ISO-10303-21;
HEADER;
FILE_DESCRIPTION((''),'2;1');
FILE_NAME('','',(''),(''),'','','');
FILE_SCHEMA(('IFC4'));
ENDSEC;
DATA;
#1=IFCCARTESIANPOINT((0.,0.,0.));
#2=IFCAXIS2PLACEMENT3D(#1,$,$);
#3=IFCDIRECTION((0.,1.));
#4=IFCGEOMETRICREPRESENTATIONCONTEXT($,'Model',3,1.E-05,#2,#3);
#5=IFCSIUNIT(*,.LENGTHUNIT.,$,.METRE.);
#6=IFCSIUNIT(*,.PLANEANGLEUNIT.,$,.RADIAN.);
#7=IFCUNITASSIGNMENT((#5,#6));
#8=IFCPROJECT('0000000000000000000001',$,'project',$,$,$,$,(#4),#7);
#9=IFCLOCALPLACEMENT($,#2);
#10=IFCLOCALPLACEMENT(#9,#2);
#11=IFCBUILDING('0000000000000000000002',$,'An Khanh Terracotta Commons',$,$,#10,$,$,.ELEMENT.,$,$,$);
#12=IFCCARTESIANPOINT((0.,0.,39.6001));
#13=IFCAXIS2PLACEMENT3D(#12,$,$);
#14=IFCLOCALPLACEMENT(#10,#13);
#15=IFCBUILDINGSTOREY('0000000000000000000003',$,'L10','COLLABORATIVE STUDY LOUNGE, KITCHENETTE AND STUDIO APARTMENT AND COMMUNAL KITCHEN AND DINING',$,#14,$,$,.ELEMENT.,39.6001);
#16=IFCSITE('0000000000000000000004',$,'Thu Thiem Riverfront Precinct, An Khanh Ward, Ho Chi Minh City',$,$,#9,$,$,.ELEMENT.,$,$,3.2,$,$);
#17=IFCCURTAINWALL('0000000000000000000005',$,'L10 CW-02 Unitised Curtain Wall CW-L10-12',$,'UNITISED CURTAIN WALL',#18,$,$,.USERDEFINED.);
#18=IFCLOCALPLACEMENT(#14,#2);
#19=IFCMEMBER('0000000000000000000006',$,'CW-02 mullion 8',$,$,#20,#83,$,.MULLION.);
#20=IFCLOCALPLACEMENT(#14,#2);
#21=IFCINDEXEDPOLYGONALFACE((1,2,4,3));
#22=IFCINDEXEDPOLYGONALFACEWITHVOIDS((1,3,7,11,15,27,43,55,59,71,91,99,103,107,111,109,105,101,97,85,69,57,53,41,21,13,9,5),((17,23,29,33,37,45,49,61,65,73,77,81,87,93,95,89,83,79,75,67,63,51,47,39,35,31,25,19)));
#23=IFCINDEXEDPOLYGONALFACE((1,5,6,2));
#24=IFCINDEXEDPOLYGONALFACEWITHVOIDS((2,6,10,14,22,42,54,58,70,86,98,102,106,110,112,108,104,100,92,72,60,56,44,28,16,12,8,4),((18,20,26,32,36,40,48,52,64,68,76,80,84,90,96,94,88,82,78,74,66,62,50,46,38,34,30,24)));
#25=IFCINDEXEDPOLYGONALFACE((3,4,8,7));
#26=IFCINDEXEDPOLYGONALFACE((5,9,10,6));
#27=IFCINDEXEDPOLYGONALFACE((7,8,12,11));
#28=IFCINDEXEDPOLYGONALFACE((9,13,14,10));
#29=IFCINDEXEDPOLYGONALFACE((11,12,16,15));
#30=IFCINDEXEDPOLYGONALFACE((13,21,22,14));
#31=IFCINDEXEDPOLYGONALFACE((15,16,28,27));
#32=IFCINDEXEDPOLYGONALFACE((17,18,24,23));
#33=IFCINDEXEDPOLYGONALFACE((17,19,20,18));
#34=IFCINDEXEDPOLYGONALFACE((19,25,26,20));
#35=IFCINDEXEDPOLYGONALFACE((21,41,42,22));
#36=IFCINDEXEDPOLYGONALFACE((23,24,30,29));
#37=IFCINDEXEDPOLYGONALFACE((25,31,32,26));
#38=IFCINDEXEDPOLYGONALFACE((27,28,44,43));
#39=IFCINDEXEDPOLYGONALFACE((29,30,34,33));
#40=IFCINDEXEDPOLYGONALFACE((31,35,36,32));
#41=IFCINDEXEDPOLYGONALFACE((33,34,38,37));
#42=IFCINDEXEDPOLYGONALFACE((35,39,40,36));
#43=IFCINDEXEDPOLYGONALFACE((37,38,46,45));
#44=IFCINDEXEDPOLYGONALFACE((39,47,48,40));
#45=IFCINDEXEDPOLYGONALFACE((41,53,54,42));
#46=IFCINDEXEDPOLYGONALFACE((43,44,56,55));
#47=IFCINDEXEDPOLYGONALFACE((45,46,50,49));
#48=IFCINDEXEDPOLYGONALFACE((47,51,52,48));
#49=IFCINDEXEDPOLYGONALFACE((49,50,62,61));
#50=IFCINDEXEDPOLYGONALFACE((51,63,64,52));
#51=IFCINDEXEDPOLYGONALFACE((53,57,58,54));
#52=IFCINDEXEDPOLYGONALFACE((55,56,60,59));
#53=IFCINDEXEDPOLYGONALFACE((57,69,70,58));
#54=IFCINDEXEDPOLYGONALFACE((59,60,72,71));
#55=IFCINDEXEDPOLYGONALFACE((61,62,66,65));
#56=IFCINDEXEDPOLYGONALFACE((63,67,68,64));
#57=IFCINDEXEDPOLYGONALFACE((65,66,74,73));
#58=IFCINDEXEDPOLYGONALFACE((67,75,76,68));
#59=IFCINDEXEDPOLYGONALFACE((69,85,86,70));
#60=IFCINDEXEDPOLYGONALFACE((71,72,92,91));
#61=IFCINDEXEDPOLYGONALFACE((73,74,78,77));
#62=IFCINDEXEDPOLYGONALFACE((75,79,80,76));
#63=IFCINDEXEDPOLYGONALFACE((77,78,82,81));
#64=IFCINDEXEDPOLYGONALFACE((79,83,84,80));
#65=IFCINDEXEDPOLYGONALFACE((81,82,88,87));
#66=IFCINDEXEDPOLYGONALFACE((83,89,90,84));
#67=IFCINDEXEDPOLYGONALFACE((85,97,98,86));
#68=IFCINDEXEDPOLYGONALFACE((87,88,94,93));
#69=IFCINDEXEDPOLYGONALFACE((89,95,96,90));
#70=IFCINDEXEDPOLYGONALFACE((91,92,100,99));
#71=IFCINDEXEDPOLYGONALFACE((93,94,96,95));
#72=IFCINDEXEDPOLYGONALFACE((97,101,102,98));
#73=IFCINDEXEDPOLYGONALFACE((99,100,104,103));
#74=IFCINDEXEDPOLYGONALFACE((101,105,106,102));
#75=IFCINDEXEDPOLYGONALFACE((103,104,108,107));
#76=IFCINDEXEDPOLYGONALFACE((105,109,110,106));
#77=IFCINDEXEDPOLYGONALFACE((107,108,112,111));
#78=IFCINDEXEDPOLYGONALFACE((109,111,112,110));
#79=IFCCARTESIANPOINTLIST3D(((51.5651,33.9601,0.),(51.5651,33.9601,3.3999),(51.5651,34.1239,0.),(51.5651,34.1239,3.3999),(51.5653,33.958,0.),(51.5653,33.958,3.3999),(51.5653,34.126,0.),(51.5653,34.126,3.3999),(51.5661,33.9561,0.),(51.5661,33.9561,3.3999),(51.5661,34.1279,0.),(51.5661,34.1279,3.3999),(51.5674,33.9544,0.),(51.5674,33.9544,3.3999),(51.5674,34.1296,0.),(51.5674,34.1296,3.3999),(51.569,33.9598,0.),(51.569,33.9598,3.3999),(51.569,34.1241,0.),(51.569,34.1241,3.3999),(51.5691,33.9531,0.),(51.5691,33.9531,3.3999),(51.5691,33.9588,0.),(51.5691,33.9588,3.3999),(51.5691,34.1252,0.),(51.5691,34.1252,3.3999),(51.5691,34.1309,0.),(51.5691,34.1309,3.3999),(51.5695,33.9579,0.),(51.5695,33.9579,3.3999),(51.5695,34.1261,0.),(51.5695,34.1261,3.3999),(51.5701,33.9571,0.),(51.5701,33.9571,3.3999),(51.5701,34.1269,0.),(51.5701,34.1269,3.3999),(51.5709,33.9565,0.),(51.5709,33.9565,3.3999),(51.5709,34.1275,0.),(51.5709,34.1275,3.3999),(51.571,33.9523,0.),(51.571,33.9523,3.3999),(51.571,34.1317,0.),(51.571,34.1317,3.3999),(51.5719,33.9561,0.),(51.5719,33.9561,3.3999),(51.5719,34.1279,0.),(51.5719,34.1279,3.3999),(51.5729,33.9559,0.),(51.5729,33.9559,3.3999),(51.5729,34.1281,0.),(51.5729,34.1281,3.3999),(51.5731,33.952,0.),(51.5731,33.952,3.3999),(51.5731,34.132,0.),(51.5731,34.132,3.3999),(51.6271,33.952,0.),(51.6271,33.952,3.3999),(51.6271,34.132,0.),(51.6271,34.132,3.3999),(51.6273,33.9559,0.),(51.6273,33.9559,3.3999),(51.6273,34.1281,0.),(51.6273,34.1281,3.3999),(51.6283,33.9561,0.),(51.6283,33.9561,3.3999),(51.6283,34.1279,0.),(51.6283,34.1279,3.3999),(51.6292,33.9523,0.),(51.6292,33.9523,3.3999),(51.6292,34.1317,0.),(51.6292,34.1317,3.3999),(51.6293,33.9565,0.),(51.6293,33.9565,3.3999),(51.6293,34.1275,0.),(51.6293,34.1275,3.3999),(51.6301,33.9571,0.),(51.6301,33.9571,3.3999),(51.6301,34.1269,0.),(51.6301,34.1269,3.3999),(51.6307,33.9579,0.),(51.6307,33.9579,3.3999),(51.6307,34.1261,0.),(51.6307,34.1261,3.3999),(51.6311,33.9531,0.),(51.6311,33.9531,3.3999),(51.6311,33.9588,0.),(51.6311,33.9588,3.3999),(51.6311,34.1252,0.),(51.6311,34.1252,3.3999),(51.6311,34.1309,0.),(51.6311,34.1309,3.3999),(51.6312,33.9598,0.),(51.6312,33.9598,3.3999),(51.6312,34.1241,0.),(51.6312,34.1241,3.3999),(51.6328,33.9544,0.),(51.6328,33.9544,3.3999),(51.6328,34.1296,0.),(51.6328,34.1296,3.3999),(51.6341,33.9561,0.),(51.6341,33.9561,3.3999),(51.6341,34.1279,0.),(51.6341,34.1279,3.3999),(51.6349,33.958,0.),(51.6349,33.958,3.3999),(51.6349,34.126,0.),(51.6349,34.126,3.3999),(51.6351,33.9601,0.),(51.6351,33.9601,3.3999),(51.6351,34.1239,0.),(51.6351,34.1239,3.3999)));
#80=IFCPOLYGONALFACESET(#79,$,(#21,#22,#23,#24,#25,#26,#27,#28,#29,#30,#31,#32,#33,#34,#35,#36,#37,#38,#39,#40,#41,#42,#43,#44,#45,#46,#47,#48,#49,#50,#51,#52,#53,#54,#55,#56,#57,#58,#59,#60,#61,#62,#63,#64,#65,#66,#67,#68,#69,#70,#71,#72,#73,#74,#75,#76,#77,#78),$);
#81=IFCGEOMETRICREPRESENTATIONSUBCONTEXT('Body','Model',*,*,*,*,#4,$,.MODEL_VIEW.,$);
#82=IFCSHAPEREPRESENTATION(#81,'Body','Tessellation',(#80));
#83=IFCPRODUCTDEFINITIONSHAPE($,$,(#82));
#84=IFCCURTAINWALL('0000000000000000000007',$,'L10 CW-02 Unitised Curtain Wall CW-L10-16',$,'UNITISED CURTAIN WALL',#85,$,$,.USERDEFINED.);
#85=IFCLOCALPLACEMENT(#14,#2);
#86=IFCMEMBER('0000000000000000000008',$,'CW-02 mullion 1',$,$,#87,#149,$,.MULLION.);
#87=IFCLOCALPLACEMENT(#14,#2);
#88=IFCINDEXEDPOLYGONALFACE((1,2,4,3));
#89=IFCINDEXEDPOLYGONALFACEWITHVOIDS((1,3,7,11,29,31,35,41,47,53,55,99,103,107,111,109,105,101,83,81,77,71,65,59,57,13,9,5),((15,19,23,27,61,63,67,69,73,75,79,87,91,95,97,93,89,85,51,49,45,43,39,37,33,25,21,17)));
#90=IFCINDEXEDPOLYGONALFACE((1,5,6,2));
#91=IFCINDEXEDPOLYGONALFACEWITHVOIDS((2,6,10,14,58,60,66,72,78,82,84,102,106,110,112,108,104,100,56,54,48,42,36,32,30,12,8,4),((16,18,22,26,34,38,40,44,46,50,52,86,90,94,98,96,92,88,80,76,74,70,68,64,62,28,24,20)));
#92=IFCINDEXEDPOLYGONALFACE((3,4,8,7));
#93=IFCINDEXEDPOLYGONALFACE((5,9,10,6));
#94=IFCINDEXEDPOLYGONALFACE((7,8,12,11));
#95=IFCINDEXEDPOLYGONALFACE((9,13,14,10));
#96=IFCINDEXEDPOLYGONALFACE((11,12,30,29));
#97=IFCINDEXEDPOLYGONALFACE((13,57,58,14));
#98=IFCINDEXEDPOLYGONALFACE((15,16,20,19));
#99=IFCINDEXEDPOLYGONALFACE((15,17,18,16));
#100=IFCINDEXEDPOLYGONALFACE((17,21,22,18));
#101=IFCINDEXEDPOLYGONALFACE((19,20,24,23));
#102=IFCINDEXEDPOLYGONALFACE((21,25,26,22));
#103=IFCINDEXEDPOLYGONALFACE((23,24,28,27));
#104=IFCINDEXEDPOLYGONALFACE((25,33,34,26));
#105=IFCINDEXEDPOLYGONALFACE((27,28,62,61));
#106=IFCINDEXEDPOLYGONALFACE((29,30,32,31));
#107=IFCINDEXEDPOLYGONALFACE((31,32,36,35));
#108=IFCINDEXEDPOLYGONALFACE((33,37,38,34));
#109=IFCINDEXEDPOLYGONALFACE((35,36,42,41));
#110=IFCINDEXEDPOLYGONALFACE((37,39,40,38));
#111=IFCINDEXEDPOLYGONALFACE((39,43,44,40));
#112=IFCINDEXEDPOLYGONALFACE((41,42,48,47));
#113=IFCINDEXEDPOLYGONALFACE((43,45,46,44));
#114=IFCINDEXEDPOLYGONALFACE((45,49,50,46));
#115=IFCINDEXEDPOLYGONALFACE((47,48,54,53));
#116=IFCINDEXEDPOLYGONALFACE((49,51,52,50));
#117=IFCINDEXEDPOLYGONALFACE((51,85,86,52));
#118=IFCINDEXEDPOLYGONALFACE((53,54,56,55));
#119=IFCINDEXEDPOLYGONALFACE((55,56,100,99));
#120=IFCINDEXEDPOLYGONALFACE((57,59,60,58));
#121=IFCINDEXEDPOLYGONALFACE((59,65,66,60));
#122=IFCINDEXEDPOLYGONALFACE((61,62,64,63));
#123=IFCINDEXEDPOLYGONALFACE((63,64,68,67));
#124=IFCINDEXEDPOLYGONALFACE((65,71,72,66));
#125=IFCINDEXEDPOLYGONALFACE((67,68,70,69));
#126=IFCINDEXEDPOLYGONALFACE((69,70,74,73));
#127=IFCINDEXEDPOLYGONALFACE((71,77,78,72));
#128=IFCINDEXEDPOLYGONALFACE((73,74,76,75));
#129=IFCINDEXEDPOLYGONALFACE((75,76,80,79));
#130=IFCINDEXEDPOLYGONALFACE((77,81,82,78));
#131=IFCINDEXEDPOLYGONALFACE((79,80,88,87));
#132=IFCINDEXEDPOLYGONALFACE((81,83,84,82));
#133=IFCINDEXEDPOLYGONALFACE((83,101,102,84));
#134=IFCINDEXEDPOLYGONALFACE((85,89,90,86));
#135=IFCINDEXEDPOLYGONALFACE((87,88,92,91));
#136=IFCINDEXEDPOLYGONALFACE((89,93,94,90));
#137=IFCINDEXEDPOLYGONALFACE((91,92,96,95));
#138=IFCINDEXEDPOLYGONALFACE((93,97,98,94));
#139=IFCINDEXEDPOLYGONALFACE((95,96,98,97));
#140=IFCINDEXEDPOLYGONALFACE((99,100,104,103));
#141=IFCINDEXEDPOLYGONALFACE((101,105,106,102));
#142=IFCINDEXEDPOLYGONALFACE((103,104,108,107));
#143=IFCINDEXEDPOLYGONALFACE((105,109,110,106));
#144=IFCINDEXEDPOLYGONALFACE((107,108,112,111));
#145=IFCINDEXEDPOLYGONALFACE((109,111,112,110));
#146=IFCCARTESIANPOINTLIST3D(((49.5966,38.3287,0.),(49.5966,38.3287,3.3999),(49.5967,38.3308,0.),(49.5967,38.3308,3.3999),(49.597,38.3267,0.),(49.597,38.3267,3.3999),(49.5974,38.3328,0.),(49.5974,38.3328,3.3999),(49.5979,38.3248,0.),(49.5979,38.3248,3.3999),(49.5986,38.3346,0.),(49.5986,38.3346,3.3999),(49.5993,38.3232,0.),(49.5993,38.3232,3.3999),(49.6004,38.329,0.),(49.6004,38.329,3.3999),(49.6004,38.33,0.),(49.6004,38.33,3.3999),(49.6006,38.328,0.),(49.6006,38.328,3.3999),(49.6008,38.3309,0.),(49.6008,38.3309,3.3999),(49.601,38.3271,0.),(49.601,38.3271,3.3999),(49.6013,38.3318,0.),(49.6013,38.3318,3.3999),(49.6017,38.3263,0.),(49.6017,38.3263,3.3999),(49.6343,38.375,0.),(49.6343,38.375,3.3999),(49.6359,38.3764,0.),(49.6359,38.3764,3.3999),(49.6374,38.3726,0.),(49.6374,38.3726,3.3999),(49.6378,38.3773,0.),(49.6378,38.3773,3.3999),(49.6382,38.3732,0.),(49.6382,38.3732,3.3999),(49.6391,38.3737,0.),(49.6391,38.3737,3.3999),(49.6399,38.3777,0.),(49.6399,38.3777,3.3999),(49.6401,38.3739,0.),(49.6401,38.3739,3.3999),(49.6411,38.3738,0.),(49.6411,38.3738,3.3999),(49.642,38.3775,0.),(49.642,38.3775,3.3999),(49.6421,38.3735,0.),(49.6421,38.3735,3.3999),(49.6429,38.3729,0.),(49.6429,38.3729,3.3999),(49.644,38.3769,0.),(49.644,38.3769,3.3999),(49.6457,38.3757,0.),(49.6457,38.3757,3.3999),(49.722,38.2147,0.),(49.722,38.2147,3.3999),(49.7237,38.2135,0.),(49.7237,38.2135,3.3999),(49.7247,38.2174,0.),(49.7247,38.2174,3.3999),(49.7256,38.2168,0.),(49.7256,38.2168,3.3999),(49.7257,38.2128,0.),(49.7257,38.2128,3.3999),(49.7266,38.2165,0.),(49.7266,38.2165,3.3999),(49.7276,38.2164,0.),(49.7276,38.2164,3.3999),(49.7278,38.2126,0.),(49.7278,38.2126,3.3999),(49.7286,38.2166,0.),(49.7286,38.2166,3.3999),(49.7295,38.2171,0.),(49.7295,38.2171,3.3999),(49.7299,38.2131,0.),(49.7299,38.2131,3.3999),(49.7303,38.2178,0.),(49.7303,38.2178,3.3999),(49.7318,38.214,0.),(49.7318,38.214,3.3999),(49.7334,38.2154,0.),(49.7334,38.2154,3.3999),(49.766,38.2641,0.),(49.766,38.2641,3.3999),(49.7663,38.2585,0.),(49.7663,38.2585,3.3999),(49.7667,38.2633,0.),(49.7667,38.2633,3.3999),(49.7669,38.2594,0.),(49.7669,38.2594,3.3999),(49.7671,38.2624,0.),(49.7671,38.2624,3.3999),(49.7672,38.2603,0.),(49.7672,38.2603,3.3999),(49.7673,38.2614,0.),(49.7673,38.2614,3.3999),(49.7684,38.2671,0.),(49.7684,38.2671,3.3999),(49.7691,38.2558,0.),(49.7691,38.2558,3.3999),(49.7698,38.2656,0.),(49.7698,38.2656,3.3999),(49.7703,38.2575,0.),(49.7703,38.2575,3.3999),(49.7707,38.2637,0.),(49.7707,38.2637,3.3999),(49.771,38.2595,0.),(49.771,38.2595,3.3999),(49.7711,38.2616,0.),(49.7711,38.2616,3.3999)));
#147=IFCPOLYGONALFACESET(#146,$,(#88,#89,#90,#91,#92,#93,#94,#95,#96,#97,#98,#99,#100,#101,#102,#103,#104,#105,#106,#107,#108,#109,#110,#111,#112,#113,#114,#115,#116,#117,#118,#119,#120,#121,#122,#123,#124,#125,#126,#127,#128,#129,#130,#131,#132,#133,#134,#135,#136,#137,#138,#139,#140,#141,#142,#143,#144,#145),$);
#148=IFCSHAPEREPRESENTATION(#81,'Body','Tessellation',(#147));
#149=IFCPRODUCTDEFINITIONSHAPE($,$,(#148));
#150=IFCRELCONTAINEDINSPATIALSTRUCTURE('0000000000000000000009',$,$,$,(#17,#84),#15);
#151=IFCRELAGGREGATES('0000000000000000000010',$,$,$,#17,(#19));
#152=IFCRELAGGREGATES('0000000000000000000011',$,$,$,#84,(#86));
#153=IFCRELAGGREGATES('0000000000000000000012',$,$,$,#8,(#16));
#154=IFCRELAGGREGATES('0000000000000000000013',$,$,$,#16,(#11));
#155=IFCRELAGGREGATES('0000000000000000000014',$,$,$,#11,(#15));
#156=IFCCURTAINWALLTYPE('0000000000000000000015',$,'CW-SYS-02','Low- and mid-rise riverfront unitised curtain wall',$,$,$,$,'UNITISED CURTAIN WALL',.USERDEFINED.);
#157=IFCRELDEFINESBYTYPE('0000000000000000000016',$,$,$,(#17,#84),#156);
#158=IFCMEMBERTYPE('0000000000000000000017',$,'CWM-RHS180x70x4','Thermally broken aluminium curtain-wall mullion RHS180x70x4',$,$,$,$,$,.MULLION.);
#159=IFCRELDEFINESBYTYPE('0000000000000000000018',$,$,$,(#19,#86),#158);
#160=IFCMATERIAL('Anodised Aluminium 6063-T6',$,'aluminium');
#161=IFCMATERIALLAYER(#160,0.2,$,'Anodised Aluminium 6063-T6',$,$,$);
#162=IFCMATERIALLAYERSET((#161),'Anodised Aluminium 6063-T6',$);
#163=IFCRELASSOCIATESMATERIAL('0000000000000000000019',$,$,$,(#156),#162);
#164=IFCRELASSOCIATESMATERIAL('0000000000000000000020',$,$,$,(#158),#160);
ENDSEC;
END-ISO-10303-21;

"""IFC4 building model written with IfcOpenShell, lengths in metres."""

from ifc_helpers import new_model, si_unit, direction, frame, origin, origin_2d, place, context, subcontext, project, spatial, hollow_rectangle, extrude, material, layer, layer_set, material_profile, profile_set, type_object, element, aggregate, save


model = new_model("IFC4")

# Units and contexts
model_context = context("Model", 3, precision=1e-05, world=origin(), true_north=direction((0.0, 1.0)))
body_context = subcontext(model_context, "Body", "Model", "MODEL_VIEW")
ifc_project = project(units=[si_unit("LENGTHUNIT", "METRE"), si_unit("PLANEANGLEUNIT", "RADIAN")], contexts=[model_context])

# Site, building, storey
site_placement = place(None, origin())
site = spatial("IfcSite", under=ifc_project, at=site_placement, Name="Thu Thiem Riverfront Precinct, An Khanh Ward, Ho Chi Minh City", CompositionType="ELEMENT", RefElevation=3.2)
building_placement = place(site_placement, origin())
building = spatial("IfcBuilding", under=site, at=building_placement, Name="An Khanh Terracotta Commons", CompositionType="ELEMENT")
storey_placement = place(building_placement, frame((0.0, 0.0, 39.6001)))
storey = spatial("IfcBuildingStorey", under=building, at=storey_placement, Name="L10", Description="COLLABORATIVE STUDY LOUNGE, KITCHENETTE AND STUDIO APARTMENT AND COMMUNAL KITCHEN AND DINING", CompositionType="ELEMENT", Elevation=39.6001)

# Curtain wall, member
ifc_material_1 = material(Name="Anodised Aluminium 6063-T6", Category="aluminium")
ifc_layer_1 = layer(ifc_material_1, 0.2, Name="Anodised Aluminium 6063-T6")
ifc_layer_set_1 = layer_set([ifc_layer_1], Name="Anodised Aluminium 6063-T6")
curtain_wall_type = type_object("IfcCurtainWallType", Name="CW-SYS-02", Description="Low- and mid-rise riverfront unitised curtain wall", ElementType="UNITISED CURTAIN WALL", PredefinedType="USERDEFINED", material=ifc_layer_set_1)
curtain_wall_1_placement = place(storey_placement, origin())
curtain_wall_1 = element("IfcCurtainWall", 1, at=curtain_wall_1_placement, inside=storey, type_object=curtain_wall_type, Name="L10 CW-02 Unitised Curtain Wall CW-L10-12", ObjectType="UNITISED CURTAIN WALL", PredefinedType="USERDEFINED")
ifc_material_profile_1 = material_profile(ifc_material_1, hollow_rectangle(XDim=0.0701, YDim=0.1799, WallThickness=0.0039, InnerFilletRadius=0.0039, OuterFilletRadius=0.0081, at=origin_2d()), Name="RHS180x70x4")
ifc_profile_set_1 = profile_set([ifc_material_profile_1], Name="Anodised Aluminium 6063-T6")
member_type_1 = type_object("IfcMemberType", Name="CWM-RHS180x70x4", Description="Thermally broken aluminium curtain-wall mullion RHS180x70x4", PredefinedType="MULLION", material=ifc_profile_set_1)
member_1_placement = place(storey_placement, frame((51.6001, 34.042, 0.0), z_axis=(0.0, 0.0, 1.0), x_axis=(-1.0, 0.0, 0.0)))
member_1 = element("IfcMember", 2, at=member_1_placement, type_object=member_type_1, Name="CW-02 mullion 8", PredefinedType="MULLION", context=body_context, shape_type="SweptSolid", body=[
    extrude(hollow_rectangle(XDim=0.0701, YDim=0.1799, WallThickness=0.0039, InnerFilletRadius=0.0039, OuterFilletRadius=0.0081, at=origin_2d()), origin(), (0.0, 0.0, 1.0), 3.3999),
])
aggregate(curtain_wall_1, [member_1])

# Curtain wall, member
curtain_wall_2_placement = place(storey_placement, origin())
curtain_wall_2 = element("IfcCurtainWall", 3, at=curtain_wall_2_placement, inside=storey, type_object=curtain_wall_type, Name="L10 CW-02 Unitised Curtain Wall CW-L10-16", ObjectType="UNITISED CURTAIN WALL", PredefinedType="USERDEFINED")
member_2_placement = place(storey_placement, frame((49.6838, 38.2952, 0.0), z_axis=(0.0, 0.0, 1.0), x_axis=(-0.662548, -0.749019, 0.0)))
member_2 = element("IfcMember", 4, at=member_2_placement, type_object=member_type_1, Name="CW-02 mullion 1", PredefinedType="MULLION", context=body_context, shape_type="SweptSolid", body=[
    extrude(hollow_rectangle(XDim=0.0701, YDim=0.1799, WallThickness=0.0039, InnerFilletRadius=0.0039, OuterFilletRadius=0.0081, at=origin_2d()), origin(), (0.0, 0.0, 1.0), 3.3999),
])
aggregate(curtain_wall_2, [member_2])

save(model, "model.ifc")
